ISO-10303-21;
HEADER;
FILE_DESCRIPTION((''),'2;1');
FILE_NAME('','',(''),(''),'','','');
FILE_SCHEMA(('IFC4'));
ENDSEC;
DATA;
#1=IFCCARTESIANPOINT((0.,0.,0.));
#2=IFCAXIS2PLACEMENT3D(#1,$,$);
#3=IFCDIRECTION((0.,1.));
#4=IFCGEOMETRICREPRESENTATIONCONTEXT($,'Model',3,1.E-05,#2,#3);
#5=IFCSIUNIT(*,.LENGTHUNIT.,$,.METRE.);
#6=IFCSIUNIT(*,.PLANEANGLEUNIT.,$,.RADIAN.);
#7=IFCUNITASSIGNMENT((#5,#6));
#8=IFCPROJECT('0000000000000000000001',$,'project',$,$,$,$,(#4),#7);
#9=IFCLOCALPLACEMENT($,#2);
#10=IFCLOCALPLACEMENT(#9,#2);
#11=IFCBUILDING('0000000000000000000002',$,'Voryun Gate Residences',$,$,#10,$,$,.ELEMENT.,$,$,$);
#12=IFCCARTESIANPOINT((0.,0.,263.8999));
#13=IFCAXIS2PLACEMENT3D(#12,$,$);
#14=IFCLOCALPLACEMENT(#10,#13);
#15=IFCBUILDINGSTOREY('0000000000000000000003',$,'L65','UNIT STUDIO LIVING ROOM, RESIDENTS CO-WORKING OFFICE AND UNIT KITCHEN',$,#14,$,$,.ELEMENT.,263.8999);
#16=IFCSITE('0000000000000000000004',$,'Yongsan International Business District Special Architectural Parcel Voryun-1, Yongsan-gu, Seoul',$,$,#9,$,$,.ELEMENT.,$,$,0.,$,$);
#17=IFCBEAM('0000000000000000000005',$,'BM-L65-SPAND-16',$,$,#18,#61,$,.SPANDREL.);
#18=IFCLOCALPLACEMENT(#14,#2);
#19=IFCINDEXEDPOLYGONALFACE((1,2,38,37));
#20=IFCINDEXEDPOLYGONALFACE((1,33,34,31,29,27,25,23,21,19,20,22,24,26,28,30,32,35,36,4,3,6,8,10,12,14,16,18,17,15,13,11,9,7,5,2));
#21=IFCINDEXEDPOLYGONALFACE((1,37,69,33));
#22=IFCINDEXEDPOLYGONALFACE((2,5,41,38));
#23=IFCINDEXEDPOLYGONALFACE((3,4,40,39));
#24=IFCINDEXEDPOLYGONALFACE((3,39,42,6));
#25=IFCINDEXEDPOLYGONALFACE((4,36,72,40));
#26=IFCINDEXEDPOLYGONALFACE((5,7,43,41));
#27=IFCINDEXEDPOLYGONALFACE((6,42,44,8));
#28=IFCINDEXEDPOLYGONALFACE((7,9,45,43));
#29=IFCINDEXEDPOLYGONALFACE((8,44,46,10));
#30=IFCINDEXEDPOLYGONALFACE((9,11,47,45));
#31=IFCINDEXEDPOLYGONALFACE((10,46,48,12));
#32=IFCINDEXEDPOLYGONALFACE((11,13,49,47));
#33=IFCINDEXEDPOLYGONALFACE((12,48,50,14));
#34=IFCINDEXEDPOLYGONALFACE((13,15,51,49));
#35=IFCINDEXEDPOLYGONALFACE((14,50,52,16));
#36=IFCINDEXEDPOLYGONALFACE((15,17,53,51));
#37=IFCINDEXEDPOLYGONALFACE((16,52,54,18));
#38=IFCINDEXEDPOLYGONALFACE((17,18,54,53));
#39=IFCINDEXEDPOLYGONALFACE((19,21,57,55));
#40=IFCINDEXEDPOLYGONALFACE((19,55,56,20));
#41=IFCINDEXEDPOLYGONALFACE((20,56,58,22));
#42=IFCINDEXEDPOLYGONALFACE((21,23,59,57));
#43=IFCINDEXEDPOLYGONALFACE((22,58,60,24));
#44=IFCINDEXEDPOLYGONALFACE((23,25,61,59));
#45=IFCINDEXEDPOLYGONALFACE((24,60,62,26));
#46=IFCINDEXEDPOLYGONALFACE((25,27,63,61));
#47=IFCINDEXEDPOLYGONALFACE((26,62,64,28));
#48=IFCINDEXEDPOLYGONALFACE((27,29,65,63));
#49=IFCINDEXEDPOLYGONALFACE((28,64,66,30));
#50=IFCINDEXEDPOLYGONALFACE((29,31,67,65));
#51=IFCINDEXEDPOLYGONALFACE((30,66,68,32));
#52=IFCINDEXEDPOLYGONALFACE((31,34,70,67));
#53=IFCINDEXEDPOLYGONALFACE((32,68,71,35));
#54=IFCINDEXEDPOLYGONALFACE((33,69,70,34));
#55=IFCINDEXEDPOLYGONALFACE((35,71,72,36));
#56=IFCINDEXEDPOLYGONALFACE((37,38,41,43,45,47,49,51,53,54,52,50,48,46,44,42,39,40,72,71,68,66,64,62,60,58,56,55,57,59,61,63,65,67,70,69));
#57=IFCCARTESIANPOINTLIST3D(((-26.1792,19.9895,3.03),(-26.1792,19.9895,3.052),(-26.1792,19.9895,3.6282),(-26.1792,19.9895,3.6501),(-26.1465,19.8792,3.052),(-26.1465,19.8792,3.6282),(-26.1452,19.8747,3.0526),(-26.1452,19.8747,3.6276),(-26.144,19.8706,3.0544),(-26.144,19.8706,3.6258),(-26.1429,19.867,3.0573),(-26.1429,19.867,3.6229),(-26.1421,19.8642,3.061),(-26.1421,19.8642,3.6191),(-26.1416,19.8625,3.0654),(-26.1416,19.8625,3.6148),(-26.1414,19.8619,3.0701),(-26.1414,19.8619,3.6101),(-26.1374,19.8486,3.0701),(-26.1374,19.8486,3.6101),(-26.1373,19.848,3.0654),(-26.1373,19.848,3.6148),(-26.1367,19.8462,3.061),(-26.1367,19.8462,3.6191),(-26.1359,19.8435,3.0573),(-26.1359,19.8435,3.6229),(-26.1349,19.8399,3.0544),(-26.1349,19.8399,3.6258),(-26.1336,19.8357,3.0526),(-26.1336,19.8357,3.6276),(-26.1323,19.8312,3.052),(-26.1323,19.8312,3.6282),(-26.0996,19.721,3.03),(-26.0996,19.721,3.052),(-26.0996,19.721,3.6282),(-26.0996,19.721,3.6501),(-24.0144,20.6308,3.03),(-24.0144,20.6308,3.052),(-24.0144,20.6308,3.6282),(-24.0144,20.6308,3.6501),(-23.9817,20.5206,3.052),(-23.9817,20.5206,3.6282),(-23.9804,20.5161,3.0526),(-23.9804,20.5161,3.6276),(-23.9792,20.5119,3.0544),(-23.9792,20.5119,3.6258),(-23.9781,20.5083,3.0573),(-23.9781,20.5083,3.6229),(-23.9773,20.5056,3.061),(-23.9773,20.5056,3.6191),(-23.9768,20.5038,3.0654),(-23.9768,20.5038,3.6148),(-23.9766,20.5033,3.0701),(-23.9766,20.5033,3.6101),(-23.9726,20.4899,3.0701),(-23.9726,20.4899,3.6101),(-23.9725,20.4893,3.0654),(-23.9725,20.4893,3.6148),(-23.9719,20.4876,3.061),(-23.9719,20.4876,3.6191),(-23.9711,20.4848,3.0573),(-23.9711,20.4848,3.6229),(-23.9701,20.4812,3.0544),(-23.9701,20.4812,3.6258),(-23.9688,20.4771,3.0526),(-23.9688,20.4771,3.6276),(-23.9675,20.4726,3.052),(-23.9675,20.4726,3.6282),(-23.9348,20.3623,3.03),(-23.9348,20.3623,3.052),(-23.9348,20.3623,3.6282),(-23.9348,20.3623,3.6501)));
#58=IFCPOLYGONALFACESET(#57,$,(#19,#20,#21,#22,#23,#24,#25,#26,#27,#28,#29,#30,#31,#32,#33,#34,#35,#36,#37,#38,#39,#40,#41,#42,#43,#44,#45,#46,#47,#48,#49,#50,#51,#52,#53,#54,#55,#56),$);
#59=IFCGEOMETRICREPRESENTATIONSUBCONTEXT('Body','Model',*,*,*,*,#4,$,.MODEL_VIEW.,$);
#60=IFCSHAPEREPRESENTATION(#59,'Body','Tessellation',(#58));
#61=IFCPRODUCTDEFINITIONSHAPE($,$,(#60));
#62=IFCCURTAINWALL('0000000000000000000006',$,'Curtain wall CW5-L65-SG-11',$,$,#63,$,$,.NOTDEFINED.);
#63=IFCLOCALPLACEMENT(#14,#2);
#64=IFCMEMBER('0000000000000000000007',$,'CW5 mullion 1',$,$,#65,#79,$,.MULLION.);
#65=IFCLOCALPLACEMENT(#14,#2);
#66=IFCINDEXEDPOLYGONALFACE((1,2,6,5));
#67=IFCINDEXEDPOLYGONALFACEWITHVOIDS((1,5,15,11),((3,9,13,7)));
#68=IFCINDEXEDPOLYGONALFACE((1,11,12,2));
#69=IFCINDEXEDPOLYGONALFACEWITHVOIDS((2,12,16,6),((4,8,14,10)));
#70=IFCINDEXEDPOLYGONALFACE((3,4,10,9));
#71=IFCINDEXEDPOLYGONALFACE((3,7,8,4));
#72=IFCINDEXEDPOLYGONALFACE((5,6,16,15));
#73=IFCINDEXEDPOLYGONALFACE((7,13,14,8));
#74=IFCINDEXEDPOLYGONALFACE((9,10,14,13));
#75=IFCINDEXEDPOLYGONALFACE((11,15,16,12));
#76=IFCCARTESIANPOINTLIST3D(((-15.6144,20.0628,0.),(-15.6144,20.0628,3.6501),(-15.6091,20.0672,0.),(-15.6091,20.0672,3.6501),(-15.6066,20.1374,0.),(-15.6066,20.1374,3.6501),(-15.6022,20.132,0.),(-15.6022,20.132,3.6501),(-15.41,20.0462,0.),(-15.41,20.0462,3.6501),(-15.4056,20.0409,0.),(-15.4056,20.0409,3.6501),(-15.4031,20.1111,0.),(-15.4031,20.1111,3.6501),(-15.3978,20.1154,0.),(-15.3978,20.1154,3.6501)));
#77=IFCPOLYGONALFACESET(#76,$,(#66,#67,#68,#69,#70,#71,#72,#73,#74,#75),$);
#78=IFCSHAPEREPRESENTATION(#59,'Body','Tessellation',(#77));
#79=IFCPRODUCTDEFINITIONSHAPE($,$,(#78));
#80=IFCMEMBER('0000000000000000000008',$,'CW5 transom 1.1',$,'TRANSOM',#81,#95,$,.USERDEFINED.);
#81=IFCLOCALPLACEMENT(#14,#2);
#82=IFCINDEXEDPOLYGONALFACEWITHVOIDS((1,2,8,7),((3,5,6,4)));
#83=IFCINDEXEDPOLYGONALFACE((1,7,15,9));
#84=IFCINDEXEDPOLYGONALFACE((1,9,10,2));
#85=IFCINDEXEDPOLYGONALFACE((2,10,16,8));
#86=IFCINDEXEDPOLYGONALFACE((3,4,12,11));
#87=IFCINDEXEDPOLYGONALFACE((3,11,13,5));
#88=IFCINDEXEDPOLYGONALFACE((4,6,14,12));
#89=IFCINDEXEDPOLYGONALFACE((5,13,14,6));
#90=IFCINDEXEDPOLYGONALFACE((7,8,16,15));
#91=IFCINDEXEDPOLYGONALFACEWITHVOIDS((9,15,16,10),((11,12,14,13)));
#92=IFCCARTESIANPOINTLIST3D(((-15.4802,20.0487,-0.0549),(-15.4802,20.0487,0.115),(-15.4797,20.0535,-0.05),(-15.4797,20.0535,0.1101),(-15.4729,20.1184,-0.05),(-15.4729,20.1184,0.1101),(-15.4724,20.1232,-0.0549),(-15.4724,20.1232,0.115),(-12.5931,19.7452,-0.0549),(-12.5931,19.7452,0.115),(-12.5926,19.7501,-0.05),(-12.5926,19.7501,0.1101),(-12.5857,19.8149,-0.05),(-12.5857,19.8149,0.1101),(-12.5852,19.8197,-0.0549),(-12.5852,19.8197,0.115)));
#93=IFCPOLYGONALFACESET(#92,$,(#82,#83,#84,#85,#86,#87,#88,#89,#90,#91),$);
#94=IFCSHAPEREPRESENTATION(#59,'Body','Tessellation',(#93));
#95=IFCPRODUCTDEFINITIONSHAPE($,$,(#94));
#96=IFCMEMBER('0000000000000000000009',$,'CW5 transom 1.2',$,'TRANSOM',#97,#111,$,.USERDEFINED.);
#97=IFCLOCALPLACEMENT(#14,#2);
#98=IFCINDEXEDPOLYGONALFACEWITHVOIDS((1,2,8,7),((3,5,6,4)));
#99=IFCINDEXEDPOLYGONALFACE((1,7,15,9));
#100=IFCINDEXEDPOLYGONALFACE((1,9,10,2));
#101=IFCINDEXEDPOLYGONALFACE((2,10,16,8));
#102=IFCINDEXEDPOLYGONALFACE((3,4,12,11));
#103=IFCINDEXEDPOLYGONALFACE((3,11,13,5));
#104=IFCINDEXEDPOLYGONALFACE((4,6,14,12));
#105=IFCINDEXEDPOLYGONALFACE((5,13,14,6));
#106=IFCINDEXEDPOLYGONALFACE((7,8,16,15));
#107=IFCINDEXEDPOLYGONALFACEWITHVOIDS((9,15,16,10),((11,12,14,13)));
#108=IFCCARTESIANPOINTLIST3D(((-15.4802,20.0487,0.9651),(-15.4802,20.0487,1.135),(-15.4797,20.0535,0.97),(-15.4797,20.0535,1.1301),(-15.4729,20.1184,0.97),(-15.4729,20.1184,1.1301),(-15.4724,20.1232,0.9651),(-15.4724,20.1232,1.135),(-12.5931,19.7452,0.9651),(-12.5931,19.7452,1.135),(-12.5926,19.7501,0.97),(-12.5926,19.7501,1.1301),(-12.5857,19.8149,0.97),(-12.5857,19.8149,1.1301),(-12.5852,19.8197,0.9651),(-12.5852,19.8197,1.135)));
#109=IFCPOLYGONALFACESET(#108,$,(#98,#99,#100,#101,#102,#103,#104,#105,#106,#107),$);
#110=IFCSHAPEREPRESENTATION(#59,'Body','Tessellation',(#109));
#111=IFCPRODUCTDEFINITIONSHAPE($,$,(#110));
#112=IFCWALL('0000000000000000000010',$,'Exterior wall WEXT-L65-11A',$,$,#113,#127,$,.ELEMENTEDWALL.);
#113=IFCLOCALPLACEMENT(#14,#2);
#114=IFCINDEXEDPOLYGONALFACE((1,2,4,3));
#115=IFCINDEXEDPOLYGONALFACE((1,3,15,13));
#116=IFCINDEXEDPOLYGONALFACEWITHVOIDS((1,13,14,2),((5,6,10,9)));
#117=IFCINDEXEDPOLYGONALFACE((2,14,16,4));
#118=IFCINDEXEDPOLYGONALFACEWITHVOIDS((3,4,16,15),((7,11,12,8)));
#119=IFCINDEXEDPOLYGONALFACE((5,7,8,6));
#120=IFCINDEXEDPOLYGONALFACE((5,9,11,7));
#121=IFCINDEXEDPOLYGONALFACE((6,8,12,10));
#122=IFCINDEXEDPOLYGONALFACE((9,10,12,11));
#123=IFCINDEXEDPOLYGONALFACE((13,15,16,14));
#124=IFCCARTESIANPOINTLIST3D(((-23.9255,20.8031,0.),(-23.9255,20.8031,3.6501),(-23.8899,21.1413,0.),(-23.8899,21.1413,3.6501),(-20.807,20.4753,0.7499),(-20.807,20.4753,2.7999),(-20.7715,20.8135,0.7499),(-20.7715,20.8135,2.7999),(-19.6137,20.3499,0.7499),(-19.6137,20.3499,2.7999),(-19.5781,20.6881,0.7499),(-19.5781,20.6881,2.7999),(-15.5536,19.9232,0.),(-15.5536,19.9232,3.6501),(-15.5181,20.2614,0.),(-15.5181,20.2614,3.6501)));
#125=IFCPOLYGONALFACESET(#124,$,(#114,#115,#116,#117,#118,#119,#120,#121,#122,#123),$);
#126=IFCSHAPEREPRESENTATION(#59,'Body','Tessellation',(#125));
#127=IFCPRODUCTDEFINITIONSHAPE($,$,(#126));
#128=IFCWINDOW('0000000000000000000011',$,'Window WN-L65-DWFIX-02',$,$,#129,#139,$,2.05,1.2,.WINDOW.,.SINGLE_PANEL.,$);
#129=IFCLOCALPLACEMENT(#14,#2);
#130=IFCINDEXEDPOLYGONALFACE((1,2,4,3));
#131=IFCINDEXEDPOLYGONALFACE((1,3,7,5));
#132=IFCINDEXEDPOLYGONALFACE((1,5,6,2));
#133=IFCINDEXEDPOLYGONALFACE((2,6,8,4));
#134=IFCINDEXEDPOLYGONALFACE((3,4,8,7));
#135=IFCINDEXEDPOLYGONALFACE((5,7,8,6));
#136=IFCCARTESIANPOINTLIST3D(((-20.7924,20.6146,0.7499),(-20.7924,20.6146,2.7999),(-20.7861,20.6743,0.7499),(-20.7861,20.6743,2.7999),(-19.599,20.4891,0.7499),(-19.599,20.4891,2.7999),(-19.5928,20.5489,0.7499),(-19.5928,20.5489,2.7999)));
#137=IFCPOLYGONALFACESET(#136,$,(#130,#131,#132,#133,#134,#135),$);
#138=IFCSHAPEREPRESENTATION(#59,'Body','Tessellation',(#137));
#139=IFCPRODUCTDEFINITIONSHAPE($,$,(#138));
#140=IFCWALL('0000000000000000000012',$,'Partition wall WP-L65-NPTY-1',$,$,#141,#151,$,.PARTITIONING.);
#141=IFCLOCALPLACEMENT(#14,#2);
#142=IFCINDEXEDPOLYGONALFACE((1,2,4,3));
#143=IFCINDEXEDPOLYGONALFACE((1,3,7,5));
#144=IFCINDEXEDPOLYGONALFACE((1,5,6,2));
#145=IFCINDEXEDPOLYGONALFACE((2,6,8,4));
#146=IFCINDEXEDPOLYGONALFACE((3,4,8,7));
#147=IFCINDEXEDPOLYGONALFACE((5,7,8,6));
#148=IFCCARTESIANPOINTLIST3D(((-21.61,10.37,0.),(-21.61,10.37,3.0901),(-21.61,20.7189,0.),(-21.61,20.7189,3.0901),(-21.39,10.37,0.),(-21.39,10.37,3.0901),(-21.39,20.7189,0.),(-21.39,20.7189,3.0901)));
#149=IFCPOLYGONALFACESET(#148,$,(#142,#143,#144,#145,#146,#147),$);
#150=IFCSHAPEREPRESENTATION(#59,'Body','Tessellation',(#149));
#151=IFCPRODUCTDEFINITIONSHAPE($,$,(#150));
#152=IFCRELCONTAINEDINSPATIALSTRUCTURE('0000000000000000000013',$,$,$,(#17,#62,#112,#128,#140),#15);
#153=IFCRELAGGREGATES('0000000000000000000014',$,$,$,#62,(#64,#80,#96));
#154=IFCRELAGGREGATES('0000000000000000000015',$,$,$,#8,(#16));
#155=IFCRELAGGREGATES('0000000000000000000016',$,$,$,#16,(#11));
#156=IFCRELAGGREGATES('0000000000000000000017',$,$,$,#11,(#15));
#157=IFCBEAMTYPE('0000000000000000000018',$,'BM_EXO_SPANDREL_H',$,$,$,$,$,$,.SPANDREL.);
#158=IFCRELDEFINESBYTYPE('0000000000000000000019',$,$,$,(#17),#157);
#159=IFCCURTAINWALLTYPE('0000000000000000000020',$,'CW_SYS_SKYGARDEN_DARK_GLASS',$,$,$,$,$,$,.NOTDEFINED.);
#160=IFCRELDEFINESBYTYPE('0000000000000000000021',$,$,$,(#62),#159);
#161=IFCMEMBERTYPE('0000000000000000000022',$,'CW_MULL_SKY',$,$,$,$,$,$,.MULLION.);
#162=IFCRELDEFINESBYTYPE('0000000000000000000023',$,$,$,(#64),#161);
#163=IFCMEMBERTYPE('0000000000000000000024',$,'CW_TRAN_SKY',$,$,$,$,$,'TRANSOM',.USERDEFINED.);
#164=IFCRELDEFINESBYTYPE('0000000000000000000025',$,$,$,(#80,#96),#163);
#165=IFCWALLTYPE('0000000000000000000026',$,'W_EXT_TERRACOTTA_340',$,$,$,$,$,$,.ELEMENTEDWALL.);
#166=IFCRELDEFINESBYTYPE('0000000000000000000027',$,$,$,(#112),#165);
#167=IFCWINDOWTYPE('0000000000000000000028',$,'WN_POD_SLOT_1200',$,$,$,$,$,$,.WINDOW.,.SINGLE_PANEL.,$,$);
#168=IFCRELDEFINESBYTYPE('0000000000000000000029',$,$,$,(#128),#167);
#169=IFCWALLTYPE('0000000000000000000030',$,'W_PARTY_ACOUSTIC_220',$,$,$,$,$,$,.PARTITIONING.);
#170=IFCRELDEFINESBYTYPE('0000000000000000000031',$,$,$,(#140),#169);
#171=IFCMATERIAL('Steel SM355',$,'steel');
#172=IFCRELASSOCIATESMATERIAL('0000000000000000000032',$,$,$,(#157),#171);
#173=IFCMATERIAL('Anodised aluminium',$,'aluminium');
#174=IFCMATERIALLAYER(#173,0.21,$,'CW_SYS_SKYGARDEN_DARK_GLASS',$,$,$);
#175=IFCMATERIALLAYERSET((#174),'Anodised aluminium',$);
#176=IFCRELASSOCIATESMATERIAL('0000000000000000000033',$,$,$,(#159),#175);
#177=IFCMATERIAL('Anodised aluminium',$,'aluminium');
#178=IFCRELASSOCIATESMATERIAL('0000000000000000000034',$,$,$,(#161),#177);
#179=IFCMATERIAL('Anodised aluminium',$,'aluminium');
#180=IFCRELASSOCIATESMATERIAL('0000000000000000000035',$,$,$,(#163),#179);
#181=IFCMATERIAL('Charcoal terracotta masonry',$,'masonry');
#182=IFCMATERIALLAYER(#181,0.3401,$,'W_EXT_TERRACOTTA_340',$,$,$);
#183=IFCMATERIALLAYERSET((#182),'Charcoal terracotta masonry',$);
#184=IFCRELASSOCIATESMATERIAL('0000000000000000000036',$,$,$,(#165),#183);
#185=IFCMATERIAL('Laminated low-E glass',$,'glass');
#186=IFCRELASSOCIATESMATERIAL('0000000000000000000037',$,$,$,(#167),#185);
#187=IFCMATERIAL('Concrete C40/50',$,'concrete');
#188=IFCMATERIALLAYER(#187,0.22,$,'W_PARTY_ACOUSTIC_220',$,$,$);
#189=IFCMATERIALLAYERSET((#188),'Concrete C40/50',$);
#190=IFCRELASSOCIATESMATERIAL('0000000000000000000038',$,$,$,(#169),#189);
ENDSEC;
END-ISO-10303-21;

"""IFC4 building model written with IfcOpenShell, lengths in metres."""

from ifc_helpers import new_model, si_unit, direction, frame, frame_2d, origin, origin_2d, place, context, subcontext, project, spatial, rectangle, hollow_rectangle, i_section, extrude, material, layer, layer_set, material_profile, profile_set, type_object, element, fill, aggregate, save


model = new_model("IFC4")

# Units and contexts
model_context = context("Model", 3, precision=1e-05, world=origin(), true_north=direction((0.0, 1.0)))
body_context = subcontext(model_context, "Body", "Model", "MODEL_VIEW")
ifc_project = project(units=[si_unit("LENGTHUNIT", "METRE"), si_unit("PLANEANGLEUNIT", "RADIAN")], contexts=[model_context])

# Site, building, storey
site_placement = place(None, origin())
site = spatial("IfcSite", under=ifc_project, at=site_placement, Name="Yongsan International Business District Special Architectural Parcel Voryun-1, Yongsan-gu, Seoul", CompositionType="ELEMENT", RefElevation=0.0)
building_placement = place(site_placement, origin())
building = spatial("IfcBuilding", under=site, at=building_placement, Name="Voryun Gate Residences", CompositionType="ELEMENT")
storey_placement = place(building_placement, frame((0.0, 0.0, 263.8999)))
storey = spatial("IfcBuildingStorey", under=building, at=storey_placement, Name="L65", Description="UNIT STUDIO LIVING ROOM, RESIDENTS CO-WORKING OFFICE AND UNIT KITCHEN", CompositionType="ELEMENT", Elevation=263.8999)

# Beam
ifc_material_1 = material(Name="Steel SM355", Category="steel")
ifc_material_profile_1 = material_profile(ifc_material_1, i_section(OverallWidth=0.28, OverallDepth=0.6201, WebThickness=0.0139, FlangeThickness=0.022, FilletRadius=0.0181, at=origin_2d()), Name="H-620x280x14x22")
ifc_profile_set_1 = profile_set([ifc_material_profile_1], Name="Steel SM355")
beam_type = type_object("IfcBeamType", Name="BM_EXO_SPANDREL_H", PredefinedType="SPANDREL", material=ifc_profile_set_1)
beam_placement = place(storey_placement, frame((-23.9746, 20.4966, 3.3401), z_axis=(-0.958806, -0.284063, 0.0), x_axis=(0.284063, -0.958806, 0.0)))
element("IfcBeam", 1, at=beam_placement, inside=storey, type_object=beam_type, Name="BM-L65-SPAND-16", PredefinedType="SPANDREL", context=body_context, shape_type="SweptSolid", body=[
    extrude(i_section(OverallWidth=0.28, OverallDepth=0.6201, WebThickness=0.0139, FlangeThickness=0.022, FilletRadius=0.0181, at=origin_2d()), origin(), (0.0, 0.0, 1.0), 2.2578),
])

# Curtain wall, members
ifc_material_2 = material(Name="Anodised aluminium", Category="aluminium")
ifc_layer_1 = layer(ifc_material_2, 0.21, Name="CW_SYS_SKYGARDEN_DARK_GLASS")
ifc_layer_set_1 = layer_set([ifc_layer_1], Name="Anodised aluminium")
curtain_wall_type = type_object("IfcCurtainWallType", Name="CW_SYS_SKYGARDEN_DARK_GLASS", PredefinedType="NOTDEFINED", material=ifc_layer_set_1)
curtain_wall_placement = place(storey_placement, origin())
curtain_wall = element("IfcCurtainWall", 2, at=curtain_wall_placement, inside=storey, type_object=curtain_wall_type, Name="Curtain wall CW5-L65-SG-11", PredefinedType="NOTDEFINED")
ifc_material_3 = material(Name="Anodised aluminium", Category="aluminium")
ifc_material_profile_2 = material_profile(ifc_material_3, hollow_rectangle(XDim=0.075, YDim=0.21, WallThickness=0.0049, at=origin_2d()), Name="ALU-MULL-210x75x5")
ifc_profile_set_2 = profile_set([ifc_material_profile_2], Name="Anodised aluminium")
member_type_1 = type_object("IfcMemberType", Name="CW_MULL_SKY", PredefinedType="MULLION", material=ifc_profile_set_2)
member_1_placement = place(storey_placement, frame((-15.5061, 20.0891, 0.0), z_axis=(0.0, 0.0, 1.0), x_axis=(0.104532, 0.994521, 0.0)))
member_1 = element("IfcMember", 3, at=member_1_placement, type_object=member_type_1, Name="CW5 mullion 1", PredefinedType="MULLION", context=body_context, shape_type="SweptSolid", body=[
    extrude(hollow_rectangle(XDim=0.075, YDim=0.21, WallThickness=0.0049, at=origin_2d()), origin(), (0.0, 0.0, 1.0), 3.6501),
])
ifc_material_4 = material(Name="Anodised aluminium", Category="aluminium")
ifc_material_profile_3 = material_profile(ifc_material_4, hollow_rectangle(XDim=0.075, YDim=0.1699, WallThickness=0.0049, at=origin_2d()), Name="ALU-TRAN-170x75x5")
ifc_profile_set_3 = profile_set([ifc_material_profile_3], Name="Anodised aluminium")
member_type_2 = type_object("IfcMemberType", Name="CW_TRAN_SKY", ElementType="TRANSOM", PredefinedType="USERDEFINED", material=ifc_profile_set_3)
member_2_placement = place(storey_placement, frame((-15.4763, 20.0859, 0.03), z_axis=(0.994522, -0.104532, 0.0), x_axis=(0.104532, 0.994522, 0.0)))
member_2 = element("IfcMember", 4, at=member_2_placement, type_object=member_type_2, Name="CW5 transom 1.1", ObjectType="TRANSOM", PredefinedType="USERDEFINED", context=body_context, shape_type="SweptSolid", body=[
    extrude(hollow_rectangle(XDim=0.075, YDim=0.1699, WallThickness=0.0049, at=origin_2d()), origin(), (0.0, 0.0, 1.0), 2.9031),
])
member_3_placement = place(storey_placement, frame((-15.4763, 20.0859, 1.05), z_axis=(0.994522, -0.104532, 0.0), x_axis=(0.104532, 0.994522, 0.0)))
member_3 = element("IfcMember", 5, at=member_3_placement, type_object=member_type_2, Name="CW5 transom 1.2", ObjectType="TRANSOM", PredefinedType="USERDEFINED", context=body_context, shape_type="SweptSolid", body=[
    extrude(hollow_rectangle(XDim=0.075, YDim=0.1699, WallThickness=0.0049, at=origin_2d()), origin(), (0.0, 0.0, 1.0), 2.9031),
])
aggregate(curtain_wall, [member_1, member_2, member_3])

# Wall, opening, window
ifc_material_5 = material(Name="Charcoal terracotta masonry", Category="masonry")
ifc_layer_2 = layer(ifc_material_5, 0.3401, Name="W_EXT_TERRACOTTA_340")
ifc_layer_set_2 = layer_set([ifc_layer_2], Name="Charcoal terracotta masonry")
wall_type_1 = type_object("IfcWallType", Name="W_EXT_TERRACOTTA_340", PredefinedType="ELEMENTEDWALL", material=ifc_layer_set_2)
wall_1_placement = place(storey_placement, frame((-23.9077, 20.9722, 0.0), z_axis=(0.0, 0.0, 1.0), x_axis=(0.994522, -0.104525, 0.0)))
wall_1 = element("IfcWall", 6, at=wall_1_placement, inside=storey, type_object=wall_type_1, Name="Exterior wall WEXT-L65-11A", PredefinedType="ELEMENTEDWALL", context=body_context, shape_type="SweptSolid", body=[
    extrude(rectangle(XDim=8.418, YDim=0.3401, at=frame_2d((4.209, 0.0))), origin(), (0.0, 0.0, 1.0), 3.6501),
])
opening_1_placement = place(wall_1_placement, frame((3.1355, 0.0, 0.75)))
opening_1 = element("IfcOpeningElement", 7, at=opening_1_placement, cuts=wall_1, PredefinedType="OPENING", context=body_context, shape_type="SweptSolid", body=[
    extrude(rectangle(XDim=1.2, YDim=2.05, at=frame_2d((0.6001, 1.0249))), frame((0.0, 0.1799, 0.0), z_axis=(0.0, -1.0, 0.0), x_axis=(1.0, 0.0, 0.0)), (0.0, 0.0, 1.0), 0.3601),
])
ifc_material_6 = material(Name="Laminated low-E glass", Category="glass")
window_type = type_object("IfcWindowType", Name="WN_POD_SLOT_1200", PartitioningType="SINGLE_PANEL", PredefinedType="WINDOW", material=ifc_material_6)
window_placement = place(opening_1_placement, origin())
window = element("IfcWindow", 8, at=window_placement, inside=storey, type_object=window_type, Name="Window WN-L65-DWFIX-02", OverallHeight=2.05, OverallWidth=1.2, PartitioningType="SINGLE_PANEL", PredefinedType="WINDOW", context=body_context, shape_type="SweptSolid", body=[
    extrude(rectangle(XDim=1.2, YDim=2.05, at=frame_2d((0.6001, 1.0249))), frame((0.0, 0.03, 0.0), z_axis=(0.0, -1.0, 0.0), x_axis=(1.0, 0.0, 0.0)), (0.0, 0.0, 1.0), 0.0601),
])
fill(opening_1, window)

# Wall
ifc_material_7 = material(Name="Concrete C40/50", Category="concrete")
ifc_layer_3 = layer(ifc_material_7, 0.22, Name="W_PARTY_ACOUSTIC_220")
ifc_layer_set_3 = layer_set([ifc_layer_3], Name="Concrete C40/50")
wall_type_2 = type_object("IfcWallType", Name="W_PARTY_ACOUSTIC_220", PredefinedType="PARTITIONING", material=ifc_layer_set_3)
wall_2_placement = place(storey_placement, frame((-21.5, 10.3701, 0.0), z_axis=(0.0, 0.0, 1.0), x_axis=(0.0, 1.0, 0.0)))
element("IfcWall", 9, at=wall_2_placement, inside=storey, type_object=wall_type_2, Name="Partition wall WP-L65-NPTY-1", PredefinedType="PARTITIONING", context=body_context, shape_type="SweptSolid", body=[
    extrude(rectangle(XDim=10.3489, YDim=0.22, at=frame_2d((5.1743, 0.0))), origin(), (0.0, 0.0, 1.0), 3.0901),
])

save(model, "model.ifc")
